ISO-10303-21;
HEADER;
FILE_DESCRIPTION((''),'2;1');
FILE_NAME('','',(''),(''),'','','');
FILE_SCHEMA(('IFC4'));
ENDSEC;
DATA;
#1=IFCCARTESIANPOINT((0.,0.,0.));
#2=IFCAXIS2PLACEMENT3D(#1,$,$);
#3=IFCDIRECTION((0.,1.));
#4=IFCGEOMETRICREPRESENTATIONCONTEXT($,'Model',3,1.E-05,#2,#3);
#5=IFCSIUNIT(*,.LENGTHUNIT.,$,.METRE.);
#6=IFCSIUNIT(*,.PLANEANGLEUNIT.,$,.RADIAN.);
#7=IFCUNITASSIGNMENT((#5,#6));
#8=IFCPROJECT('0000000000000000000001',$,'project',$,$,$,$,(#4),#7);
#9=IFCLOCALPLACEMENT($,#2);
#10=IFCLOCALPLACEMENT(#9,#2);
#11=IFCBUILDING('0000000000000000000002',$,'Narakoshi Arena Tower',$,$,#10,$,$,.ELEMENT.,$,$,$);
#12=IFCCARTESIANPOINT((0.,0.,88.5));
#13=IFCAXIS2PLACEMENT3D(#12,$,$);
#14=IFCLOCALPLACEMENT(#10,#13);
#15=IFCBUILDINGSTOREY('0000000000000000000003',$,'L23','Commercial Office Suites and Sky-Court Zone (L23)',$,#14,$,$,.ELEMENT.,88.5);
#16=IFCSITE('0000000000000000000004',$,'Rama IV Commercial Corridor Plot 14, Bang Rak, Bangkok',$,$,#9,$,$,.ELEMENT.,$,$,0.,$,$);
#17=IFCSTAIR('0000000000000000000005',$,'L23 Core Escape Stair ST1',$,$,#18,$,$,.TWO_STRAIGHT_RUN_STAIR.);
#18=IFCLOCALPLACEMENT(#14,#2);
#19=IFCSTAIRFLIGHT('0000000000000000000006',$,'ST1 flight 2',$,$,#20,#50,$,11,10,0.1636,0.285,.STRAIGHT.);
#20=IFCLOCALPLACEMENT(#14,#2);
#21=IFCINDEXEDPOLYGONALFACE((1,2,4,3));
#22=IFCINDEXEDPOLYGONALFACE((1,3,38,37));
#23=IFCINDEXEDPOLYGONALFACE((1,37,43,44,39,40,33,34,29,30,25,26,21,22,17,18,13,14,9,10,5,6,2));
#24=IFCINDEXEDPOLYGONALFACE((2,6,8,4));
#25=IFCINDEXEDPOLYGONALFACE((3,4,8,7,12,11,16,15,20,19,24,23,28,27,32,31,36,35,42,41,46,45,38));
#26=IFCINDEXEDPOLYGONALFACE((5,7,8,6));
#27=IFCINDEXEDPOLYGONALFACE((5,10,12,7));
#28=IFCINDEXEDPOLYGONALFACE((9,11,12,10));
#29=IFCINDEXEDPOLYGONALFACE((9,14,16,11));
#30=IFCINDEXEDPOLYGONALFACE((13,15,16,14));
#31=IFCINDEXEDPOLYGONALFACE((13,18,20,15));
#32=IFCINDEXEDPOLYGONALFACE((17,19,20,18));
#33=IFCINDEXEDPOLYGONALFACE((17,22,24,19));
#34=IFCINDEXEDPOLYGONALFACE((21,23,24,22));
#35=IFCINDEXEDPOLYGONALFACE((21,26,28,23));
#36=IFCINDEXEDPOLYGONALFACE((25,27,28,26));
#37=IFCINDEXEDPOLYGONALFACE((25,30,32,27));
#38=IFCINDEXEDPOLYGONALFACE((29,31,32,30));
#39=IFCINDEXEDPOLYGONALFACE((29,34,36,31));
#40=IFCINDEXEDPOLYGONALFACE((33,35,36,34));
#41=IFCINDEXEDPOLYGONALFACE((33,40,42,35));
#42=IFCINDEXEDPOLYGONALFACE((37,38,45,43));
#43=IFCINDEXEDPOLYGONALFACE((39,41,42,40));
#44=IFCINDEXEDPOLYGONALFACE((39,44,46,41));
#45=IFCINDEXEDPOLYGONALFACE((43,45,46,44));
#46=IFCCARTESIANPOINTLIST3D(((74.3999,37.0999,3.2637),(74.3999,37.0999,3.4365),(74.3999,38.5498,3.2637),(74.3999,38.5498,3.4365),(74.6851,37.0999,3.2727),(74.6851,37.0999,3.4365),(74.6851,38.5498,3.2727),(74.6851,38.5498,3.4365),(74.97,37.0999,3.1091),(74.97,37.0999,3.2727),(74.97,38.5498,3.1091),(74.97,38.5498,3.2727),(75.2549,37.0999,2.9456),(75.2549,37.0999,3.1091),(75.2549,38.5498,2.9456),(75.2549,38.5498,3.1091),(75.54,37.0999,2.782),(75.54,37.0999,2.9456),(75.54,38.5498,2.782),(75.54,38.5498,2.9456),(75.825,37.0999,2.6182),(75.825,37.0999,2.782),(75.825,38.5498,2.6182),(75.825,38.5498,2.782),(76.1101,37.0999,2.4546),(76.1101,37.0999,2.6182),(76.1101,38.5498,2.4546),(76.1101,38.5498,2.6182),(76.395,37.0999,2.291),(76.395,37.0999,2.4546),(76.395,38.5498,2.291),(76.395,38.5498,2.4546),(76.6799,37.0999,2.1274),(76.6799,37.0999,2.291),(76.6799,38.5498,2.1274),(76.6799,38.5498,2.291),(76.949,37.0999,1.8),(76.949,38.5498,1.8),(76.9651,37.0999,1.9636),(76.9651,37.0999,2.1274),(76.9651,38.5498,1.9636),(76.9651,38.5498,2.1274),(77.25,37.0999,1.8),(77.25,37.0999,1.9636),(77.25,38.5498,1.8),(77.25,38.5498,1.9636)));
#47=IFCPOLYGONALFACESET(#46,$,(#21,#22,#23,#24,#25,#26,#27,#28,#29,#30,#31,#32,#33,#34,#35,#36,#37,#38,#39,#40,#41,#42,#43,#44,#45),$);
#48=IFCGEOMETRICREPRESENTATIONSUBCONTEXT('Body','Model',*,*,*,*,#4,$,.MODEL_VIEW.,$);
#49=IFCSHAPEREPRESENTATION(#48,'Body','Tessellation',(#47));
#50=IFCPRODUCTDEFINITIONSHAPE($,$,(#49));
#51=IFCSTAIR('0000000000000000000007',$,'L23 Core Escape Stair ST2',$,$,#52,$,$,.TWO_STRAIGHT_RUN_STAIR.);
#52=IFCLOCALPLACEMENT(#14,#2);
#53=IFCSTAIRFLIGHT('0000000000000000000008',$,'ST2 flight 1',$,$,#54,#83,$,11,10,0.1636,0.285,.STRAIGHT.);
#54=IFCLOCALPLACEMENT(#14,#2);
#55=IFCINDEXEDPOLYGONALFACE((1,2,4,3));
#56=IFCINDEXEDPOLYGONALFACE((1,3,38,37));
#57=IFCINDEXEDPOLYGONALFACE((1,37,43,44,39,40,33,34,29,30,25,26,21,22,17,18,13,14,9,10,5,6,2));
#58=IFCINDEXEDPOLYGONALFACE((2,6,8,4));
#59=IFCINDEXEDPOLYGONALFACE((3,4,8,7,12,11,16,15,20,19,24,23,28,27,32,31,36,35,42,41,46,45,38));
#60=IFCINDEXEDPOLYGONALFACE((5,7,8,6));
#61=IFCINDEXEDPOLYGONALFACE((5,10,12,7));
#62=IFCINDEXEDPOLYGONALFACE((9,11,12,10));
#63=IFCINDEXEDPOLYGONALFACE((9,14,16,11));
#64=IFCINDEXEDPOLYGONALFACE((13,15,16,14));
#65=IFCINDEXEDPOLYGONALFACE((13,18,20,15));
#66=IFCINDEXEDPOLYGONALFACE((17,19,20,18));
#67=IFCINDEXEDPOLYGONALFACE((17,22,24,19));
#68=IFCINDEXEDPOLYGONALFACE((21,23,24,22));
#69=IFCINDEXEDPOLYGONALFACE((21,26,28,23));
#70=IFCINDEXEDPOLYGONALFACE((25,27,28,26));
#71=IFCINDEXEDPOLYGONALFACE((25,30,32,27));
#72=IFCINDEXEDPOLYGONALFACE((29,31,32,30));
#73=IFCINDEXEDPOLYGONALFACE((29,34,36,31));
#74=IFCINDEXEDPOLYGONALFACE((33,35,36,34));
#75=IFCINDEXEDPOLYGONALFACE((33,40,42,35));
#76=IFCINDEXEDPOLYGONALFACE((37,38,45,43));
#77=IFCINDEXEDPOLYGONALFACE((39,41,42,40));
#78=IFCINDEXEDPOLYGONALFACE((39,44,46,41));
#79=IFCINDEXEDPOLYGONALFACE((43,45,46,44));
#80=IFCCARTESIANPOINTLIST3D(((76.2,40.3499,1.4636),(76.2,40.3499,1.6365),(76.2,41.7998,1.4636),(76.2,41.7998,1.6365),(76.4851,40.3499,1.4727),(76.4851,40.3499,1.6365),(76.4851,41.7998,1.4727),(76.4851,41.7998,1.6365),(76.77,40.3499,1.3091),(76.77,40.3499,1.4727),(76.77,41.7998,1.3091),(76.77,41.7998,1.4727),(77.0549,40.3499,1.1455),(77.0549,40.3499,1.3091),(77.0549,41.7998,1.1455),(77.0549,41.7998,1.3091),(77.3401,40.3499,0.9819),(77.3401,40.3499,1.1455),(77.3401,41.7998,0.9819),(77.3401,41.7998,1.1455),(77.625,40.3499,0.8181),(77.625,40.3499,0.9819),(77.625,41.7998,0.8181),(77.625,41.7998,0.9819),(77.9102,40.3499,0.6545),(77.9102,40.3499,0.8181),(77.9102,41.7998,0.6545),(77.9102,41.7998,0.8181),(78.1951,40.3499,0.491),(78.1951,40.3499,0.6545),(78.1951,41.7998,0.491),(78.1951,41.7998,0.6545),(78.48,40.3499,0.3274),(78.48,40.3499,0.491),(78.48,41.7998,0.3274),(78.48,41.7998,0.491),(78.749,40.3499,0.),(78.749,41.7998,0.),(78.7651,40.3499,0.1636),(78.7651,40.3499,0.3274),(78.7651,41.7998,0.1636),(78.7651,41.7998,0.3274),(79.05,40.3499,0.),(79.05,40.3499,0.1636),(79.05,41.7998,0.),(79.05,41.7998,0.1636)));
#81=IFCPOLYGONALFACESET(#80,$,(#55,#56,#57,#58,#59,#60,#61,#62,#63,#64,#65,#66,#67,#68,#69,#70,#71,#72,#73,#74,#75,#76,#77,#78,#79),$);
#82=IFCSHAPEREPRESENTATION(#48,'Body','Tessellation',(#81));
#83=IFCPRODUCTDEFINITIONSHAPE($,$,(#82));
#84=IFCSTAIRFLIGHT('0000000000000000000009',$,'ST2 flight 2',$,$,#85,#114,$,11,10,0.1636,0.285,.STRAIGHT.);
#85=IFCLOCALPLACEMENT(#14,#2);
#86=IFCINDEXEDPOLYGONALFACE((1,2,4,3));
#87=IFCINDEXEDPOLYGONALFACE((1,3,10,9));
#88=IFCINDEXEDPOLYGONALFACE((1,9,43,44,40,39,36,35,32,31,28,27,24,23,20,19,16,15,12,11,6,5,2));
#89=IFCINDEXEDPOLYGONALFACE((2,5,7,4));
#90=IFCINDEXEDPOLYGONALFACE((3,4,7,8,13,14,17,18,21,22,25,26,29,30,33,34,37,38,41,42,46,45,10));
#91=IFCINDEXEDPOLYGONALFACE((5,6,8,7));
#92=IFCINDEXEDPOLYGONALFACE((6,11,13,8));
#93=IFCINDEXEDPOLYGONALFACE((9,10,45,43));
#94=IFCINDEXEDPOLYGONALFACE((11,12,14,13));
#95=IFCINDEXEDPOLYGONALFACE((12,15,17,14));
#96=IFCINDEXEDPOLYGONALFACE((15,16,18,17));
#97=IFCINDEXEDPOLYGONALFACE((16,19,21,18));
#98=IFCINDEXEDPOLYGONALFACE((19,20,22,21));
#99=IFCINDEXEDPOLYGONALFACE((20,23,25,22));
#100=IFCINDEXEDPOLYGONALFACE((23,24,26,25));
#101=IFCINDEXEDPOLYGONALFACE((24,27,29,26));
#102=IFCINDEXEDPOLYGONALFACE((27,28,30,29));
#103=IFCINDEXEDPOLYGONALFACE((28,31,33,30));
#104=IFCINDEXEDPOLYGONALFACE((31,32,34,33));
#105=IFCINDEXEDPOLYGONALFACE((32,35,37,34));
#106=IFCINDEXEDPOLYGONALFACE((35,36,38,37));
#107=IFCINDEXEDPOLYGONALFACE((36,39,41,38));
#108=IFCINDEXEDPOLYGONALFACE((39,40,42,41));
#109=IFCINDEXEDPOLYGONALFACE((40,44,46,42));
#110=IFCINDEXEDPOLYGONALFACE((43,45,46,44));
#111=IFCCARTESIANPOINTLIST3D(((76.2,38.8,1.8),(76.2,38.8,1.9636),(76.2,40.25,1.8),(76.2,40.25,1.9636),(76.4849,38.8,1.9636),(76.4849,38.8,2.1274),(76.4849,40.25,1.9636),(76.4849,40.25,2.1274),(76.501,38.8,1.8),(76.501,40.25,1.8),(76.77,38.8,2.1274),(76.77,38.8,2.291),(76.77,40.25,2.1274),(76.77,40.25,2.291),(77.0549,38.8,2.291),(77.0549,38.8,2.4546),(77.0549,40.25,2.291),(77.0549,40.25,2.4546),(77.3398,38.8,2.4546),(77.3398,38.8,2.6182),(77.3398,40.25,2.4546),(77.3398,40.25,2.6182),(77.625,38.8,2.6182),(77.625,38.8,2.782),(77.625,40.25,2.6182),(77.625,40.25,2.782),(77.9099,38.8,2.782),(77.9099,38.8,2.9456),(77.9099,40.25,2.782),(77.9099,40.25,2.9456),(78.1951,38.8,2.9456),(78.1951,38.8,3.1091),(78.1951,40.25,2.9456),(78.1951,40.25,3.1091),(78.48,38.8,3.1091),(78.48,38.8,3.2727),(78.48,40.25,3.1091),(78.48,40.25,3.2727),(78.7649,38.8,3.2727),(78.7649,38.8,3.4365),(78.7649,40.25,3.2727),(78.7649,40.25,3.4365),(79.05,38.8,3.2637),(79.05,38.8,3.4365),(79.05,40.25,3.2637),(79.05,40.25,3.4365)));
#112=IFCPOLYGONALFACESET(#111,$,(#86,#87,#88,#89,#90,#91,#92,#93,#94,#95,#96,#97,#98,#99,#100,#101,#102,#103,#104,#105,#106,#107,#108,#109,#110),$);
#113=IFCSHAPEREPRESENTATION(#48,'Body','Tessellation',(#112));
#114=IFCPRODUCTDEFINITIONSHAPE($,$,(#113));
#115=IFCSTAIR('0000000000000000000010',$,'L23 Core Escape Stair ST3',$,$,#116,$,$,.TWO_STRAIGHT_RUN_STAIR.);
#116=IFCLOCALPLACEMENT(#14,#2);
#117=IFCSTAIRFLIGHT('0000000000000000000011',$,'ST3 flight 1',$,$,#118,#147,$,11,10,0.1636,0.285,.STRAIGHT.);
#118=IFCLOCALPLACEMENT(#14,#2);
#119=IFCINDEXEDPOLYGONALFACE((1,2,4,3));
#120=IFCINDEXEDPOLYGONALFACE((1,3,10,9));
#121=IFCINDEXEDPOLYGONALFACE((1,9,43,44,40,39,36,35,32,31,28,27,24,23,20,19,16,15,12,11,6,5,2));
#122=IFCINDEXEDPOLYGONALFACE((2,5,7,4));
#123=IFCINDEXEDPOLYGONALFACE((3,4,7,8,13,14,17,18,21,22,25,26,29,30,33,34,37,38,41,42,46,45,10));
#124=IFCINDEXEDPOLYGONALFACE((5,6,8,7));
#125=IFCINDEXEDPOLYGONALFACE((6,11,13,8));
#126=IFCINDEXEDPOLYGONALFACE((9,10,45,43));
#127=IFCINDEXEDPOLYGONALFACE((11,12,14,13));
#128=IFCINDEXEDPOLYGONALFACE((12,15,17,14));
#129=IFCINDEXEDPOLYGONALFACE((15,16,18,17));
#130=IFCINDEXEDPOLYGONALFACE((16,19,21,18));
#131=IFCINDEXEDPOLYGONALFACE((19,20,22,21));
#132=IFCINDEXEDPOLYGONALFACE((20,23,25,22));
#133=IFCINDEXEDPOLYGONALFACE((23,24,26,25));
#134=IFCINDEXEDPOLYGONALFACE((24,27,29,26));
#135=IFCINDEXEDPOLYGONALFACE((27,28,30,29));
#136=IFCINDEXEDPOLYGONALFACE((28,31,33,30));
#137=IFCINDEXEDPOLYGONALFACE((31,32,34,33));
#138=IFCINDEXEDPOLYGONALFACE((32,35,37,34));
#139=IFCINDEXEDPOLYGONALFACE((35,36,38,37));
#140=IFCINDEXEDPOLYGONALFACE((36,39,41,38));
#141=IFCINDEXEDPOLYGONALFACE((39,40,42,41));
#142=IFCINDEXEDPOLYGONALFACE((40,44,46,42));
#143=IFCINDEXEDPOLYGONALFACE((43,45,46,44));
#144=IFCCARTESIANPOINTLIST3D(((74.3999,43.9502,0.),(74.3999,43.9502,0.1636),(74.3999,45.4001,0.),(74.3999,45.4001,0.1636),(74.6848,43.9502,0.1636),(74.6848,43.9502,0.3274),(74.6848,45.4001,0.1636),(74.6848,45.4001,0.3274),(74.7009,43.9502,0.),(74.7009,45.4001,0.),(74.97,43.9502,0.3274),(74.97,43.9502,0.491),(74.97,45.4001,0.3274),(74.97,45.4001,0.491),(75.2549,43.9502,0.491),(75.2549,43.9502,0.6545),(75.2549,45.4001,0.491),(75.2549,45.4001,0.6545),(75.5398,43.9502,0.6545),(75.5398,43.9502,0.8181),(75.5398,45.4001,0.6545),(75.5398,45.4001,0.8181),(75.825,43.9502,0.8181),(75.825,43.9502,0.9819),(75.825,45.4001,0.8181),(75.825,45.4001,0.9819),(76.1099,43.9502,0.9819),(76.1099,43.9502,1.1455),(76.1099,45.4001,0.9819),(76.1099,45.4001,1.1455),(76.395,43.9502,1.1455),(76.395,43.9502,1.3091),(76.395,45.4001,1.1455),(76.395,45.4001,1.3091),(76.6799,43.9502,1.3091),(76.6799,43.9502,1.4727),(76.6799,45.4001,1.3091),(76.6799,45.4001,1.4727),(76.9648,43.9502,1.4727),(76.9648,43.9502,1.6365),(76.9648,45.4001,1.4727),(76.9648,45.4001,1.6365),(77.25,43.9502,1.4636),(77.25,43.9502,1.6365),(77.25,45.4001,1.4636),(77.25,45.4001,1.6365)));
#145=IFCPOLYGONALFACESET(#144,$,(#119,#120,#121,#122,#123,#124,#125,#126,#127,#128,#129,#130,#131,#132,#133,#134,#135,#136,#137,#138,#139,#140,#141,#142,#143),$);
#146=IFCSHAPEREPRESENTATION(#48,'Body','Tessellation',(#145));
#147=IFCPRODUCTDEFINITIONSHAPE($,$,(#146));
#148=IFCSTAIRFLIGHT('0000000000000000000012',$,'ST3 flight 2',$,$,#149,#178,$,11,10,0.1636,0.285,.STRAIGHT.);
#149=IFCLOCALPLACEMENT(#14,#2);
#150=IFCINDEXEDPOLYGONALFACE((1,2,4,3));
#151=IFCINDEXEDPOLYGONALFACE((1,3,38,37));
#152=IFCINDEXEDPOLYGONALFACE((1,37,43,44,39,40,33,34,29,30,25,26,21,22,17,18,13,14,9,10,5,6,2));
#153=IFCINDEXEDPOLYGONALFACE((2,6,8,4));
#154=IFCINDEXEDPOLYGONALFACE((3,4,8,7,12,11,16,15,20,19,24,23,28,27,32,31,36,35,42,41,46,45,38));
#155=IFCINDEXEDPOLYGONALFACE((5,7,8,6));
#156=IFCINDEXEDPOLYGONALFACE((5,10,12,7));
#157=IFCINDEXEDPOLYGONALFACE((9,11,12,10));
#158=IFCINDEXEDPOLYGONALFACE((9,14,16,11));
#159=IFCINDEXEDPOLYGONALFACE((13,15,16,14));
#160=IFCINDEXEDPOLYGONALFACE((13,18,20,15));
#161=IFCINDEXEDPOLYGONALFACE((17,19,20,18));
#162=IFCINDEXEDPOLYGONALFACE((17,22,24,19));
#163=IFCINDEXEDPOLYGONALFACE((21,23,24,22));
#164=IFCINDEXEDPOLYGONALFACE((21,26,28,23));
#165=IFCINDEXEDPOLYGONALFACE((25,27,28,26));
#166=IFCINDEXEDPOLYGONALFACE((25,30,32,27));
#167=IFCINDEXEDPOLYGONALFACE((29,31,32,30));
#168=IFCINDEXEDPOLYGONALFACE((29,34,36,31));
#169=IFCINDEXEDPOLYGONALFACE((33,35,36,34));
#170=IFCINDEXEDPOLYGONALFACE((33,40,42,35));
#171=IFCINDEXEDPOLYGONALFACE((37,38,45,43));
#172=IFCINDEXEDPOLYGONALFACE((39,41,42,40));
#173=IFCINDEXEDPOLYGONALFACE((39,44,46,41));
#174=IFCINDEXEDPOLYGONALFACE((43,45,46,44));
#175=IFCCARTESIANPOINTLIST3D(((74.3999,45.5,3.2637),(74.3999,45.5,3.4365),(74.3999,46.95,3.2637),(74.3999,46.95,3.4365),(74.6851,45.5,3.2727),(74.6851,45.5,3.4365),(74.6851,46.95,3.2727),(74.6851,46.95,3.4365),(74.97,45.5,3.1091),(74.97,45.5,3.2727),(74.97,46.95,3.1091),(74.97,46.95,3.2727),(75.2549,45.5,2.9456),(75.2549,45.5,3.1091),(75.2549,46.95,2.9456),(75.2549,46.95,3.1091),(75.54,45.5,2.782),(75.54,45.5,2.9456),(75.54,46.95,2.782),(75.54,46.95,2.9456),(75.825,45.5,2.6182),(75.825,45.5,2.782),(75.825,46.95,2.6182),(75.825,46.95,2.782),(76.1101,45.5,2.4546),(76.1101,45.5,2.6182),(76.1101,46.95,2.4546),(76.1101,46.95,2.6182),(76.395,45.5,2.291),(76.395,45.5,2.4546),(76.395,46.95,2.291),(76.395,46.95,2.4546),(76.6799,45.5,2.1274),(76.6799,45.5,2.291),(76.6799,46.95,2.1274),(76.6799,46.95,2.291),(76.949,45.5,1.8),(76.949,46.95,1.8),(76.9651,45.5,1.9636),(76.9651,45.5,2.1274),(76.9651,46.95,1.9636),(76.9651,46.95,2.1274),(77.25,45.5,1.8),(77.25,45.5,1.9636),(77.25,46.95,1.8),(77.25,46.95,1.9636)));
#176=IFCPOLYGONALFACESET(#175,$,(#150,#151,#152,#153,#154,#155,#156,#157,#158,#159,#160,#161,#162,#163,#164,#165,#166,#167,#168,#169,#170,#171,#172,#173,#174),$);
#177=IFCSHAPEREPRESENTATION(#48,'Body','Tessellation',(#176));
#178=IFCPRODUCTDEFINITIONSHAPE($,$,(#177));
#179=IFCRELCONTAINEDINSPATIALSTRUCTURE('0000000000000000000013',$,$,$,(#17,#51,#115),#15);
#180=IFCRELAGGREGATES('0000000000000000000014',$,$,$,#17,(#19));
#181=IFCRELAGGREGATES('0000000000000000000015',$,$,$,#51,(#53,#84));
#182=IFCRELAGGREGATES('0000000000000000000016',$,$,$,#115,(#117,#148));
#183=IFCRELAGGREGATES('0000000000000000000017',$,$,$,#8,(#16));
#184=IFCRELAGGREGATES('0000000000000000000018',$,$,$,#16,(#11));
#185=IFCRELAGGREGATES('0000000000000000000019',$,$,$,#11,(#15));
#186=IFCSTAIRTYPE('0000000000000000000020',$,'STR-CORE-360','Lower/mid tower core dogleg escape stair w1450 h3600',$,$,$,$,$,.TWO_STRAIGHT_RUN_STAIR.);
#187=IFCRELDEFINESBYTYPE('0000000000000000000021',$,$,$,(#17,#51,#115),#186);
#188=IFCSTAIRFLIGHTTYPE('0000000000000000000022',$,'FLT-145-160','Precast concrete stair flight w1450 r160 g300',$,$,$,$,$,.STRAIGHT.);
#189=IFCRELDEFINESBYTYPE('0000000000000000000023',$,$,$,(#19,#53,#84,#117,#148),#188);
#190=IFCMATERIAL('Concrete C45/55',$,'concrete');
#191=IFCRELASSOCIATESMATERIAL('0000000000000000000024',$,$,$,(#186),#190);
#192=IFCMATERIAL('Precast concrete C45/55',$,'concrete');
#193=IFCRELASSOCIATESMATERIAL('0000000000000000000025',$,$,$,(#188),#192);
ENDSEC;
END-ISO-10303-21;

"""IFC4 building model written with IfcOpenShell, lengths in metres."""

from ifc_helpers import new_model, si_unit, direction, frame, origin, place, context, subcontext, project, spatial, polyline, outline, extrude, material, type_object, element, aggregate, save


model = new_model("IFC4")

# Units and contexts
model_context = context("Model", 3, precision=1e-05, world=origin(), true_north=direction((0.0, 1.0)))
body_context = subcontext(model_context, "Body", "Model", "MODEL_VIEW")
ifc_project = project(units=[si_unit("LENGTHUNIT", "METRE"), si_unit("PLANEANGLEUNIT", "RADIAN")], contexts=[model_context])

# Site, building, storey
site_placement = place(None, origin())
site = spatial("IfcSite", under=ifc_project, at=site_placement, Name="Rama IV Commercial Corridor Plot 14, Bang Rak, Bangkok", CompositionType="ELEMENT", RefElevation=0.0)
building_placement = place(site_placement, origin())
building = spatial("IfcBuilding", under=site, at=building_placement, Name="Narakoshi Arena Tower", CompositionType="ELEMENT")
storey_placement = place(building_placement, frame((0.0, 0.0, 88.5)))
storey = spatial("IfcBuildingStorey", under=building, at=storey_placement, Name="L23", Description="Commercial Office Suites and Sky-Court Zone (L23)", CompositionType="ELEMENT", Elevation=88.5)

# Stairs, stair flights
ifc_material_1 = material(Name="Concrete C45/55", Category="concrete")
stair_type = type_object("IfcStairType", Name="STR-CORE-360", Description="Lower/mid tower core dogleg escape stair w1450 h3600", PredefinedType="TWO_STRAIGHT_RUN_STAIR", material=ifc_material_1)
stair_1_placement = place(storey_placement, origin())
stair_1 = element("IfcStair", 1, at=stair_1_placement, inside=storey, type_object=stair_type, Name="L23 Core Escape Stair ST1", PredefinedType="TWO_STRAIGHT_RUN_STAIR")
ifc_material_2 = material(Name="Precast concrete C45/55", Category="concrete")
stair_flight_type = type_object("IfcStairFlightType", Name="FLT-145-160", Description="Precast concrete stair flight w1450 r160 g300", PredefinedType="STRAIGHT", material=ifc_material_2)
stair_flight_1_placement = place(storey_placement, frame((77.25, 37.825, 1.8), z_axis=(0.0, 0.0, 1.0), x_axis=(-1.0, 0.0, 0.0)))
stair_flight_1 = element("IfcStairFlight", 2, at=stair_flight_1_placement, type_object=stair_flight_type, Name="ST1 flight 2", NumberOfRisers=11, NumberOfTreads=10, PredefinedType="STRAIGHT", RiserHeight=0.1636, TreadLength=0.285, context=body_context, shape_type="SweptSolid", body=[
    extrude(outline(polyline([(0.0, 0.0), (0.0, 0.1636), (0.2849, 0.1636), (0.2849, 0.3274), (0.5701, 0.3274), (0.5701, 0.491), (0.855, 0.491), (0.855, 0.6545), (1.1399, 0.6545), (1.1399, 0.8181), (1.425, 0.8181), (1.425, 0.9819), (1.71, 0.9819), (1.71, 1.1455), (1.9951, 1.1455), (1.9951, 1.3091), (2.28, 1.3091), (2.28, 1.4727), (2.5649, 1.4727), (2.5649, 1.6365), (2.8501, 1.6365), (2.8501, 1.8), (2.8501, 1.4636), (0.301, 0.0), (0.0, 0.0)])), frame((0.0, 0.7251, 0.0), z_axis=(0.0, -1.0, 0.0), x_axis=(1.0, 0.0, 0.0)), (0.0, 0.0, 1.0), 1.45),
])
aggregate(stair_1, [stair_flight_1])
stair_2_placement = place(storey_placement, origin())
stair_2 = element("IfcStair", 3, at=stair_2_placement, inside=storey, type_object=stair_type, Name="L23 Core Escape Stair ST2", PredefinedType="TWO_STRAIGHT_RUN_STAIR")
stair_flight_2_placement = place(storey_placement, frame((79.05, 41.075, 0.0), z_axis=(0.0, 0.0, 1.0), x_axis=(-1.0, 0.0, 0.0)))
stair_flight_2 = element("IfcStairFlight", 4, at=stair_flight_2_placement, type_object=stair_flight_type, Name="ST2 flight 1", NumberOfRisers=11, NumberOfTreads=10, PredefinedType="STRAIGHT", RiserHeight=0.1636, TreadLength=0.285, context=body_context, shape_type="SweptSolid", body=[
    extrude(outline(polyline([(0.0, 0.0), (0.0, 0.1636), (0.2849, 0.1636), (0.2849, 0.3274), (0.5701, 0.3274), (0.5701, 0.491), (0.855, 0.491), (0.855, 0.6545), (1.1399, 0.6545), (1.1399, 0.8181), (1.425, 0.8181), (1.425, 0.9819), (1.71, 0.9819), (1.71, 1.1455), (1.9951, 1.1455), (1.9951, 1.3091), (2.28, 1.3091), (2.28, 1.4727), (2.5649, 1.4727), (2.5649, 1.6365), (2.8501, 1.6365), (2.8501, 1.8), (2.8501, 1.4636), (0.301, 0.0), (0.0, 0.0)])), frame((0.0, 0.7251, 0.0), z_axis=(0.0, -1.0, 0.0), x_axis=(1.0, 0.0, 0.0)), (0.0, 0.0, 1.0), 1.45),
])
stair_flight_3_placement = place(storey_placement, frame((76.2, 39.5249, 1.8), z_axis=(0.0, 0.0, 1.0), x_axis=(1.0, 0.0, 0.0)))
stair_flight_3 = element("IfcStairFlight", 5, at=stair_flight_3_placement, type_object=stair_flight_type, Name="ST2 flight 2", NumberOfRisers=11, NumberOfTreads=10, PredefinedType="STRAIGHT", RiserHeight=0.1636, TreadLength=0.285, context=body_context, shape_type="SweptSolid", body=[
    extrude(outline(polyline([(0.0, 0.0), (0.0, 0.1636), (0.2849, 0.1636), (0.2849, 0.3274), (0.5701, 0.3274), (0.5701, 0.491), (0.855, 0.491), (0.855, 0.6545), (1.1399, 0.6545), (1.1399, 0.8181), (1.425, 0.8181), (1.425, 0.9819), (1.71, 0.9819), (1.71, 1.1455), (1.9951, 1.1455), (1.9951, 1.3091), (2.28, 1.3091), (2.28, 1.4727), (2.5649, 1.4727), (2.5649, 1.6365), (2.8501, 1.6365), (2.8501, 1.8), (2.8501, 1.4636), (0.301, 0.0), (0.0, 0.0)])), frame((0.0, 0.7251, 0.0), z_axis=(0.0, -1.0, 0.0), x_axis=(1.0, 0.0, 0.0)), (0.0, 0.0, 1.0), 1.45),
])
aggregate(stair_2, [stair_flight_2, stair_flight_3])
stair_3_placement = place(storey_placement, origin())
stair_3 = element("IfcStair", 6, at=stair_3_placement, inside=storey, type_object=stair_type, Name="L23 Core Escape Stair ST3", PredefinedType="TWO_STRAIGHT_RUN_STAIR")
stair_flight_4_placement = place(storey_placement, frame((74.3999, 44.675, 0.0), z_axis=(0.0, 0.0, 1.0), x_axis=(1.0, 0.0, 0.0)))
stair_flight_4 = element("IfcStairFlight", 7, at=stair_flight_4_placement, type_object=stair_flight_type, Name="ST3 flight 1", NumberOfRisers=11, NumberOfTreads=10, PredefinedType="STRAIGHT", RiserHeight=0.1636, TreadLength=0.285, context=body_context, shape_type="SweptSolid", body=[
    extrude(outline(polyline([(0.0, 0.0), (0.0, 0.1636), (0.2849, 0.1636), (0.2849, 0.3274), (0.5701, 0.3274), (0.5701, 0.491), (0.855, 0.491), (0.855, 0.6545), (1.1399, 0.6545), (1.1399, 0.8181), (1.425, 0.8181), (1.425, 0.9819), (1.71, 0.9819), (1.71, 1.1455), (1.9951, 1.1455), (1.9951, 1.3091), (2.28, 1.3091), (2.28, 1.4727), (2.5649, 1.4727), (2.5649, 1.6365), (2.8501, 1.6365), (2.8501, 1.8), (2.8501, 1.4636), (0.301, 0.0), (0.0, 0.0)])), frame((0.0, 0.7251, 0.0), z_axis=(0.0, -1.0, 0.0), x_axis=(1.0, 0.0, 0.0)), (0.0, 0.0, 1.0), 1.45),
])
stair_flight_5_placement = place(storey_placement, frame((77.25, 46.2251, 1.8), z_axis=(0.0, 0.0, 1.0), x_axis=(-1.0, 0.0, 0.0)))
stair_flight_5 = element("IfcStairFlight", 8, at=stair_flight_5_placement, type_object=stair_flight_type, Name="ST3 flight 2", NumberOfRisers=11, NumberOfTreads=10, PredefinedType="STRAIGHT", RiserHeight=0.1636, TreadLength=0.285, context=body_context, shape_type="SweptSolid", body=[
    extrude(outline(polyline([(0.0, 0.0), (0.0, 0.1636), (0.2849, 0.1636), (0.2849, 0.3274), (0.5701, 0.3274), (0.5701, 0.491), (0.855, 0.491), (0.855, 0.6545), (1.1399, 0.6545), (1.1399, 0.8181), (1.425, 0.8181), (1.425, 0.9819), (1.71, 0.9819), (1.71, 1.1455), (1.9951, 1.1455), (1.9951, 1.3091), (2.28, 1.3091), (2.28, 1.4727), (2.5649, 1.4727), (2.5649, 1.6365), (2.8501, 1.6365), (2.8501, 1.8), (2.8501, 1.4636), (0.301, 0.0), (0.0, 0.0)])), frame((0.0, 0.7251, 0.0), z_axis=(0.0, -1.0, 0.0), x_axis=(1.0, 0.0, 0.0)), (0.0, 0.0, 1.0), 1.45),
])
aggregate(stair_3, [stair_flight_4, stair_flight_5])

save(model, "model.ifc")
